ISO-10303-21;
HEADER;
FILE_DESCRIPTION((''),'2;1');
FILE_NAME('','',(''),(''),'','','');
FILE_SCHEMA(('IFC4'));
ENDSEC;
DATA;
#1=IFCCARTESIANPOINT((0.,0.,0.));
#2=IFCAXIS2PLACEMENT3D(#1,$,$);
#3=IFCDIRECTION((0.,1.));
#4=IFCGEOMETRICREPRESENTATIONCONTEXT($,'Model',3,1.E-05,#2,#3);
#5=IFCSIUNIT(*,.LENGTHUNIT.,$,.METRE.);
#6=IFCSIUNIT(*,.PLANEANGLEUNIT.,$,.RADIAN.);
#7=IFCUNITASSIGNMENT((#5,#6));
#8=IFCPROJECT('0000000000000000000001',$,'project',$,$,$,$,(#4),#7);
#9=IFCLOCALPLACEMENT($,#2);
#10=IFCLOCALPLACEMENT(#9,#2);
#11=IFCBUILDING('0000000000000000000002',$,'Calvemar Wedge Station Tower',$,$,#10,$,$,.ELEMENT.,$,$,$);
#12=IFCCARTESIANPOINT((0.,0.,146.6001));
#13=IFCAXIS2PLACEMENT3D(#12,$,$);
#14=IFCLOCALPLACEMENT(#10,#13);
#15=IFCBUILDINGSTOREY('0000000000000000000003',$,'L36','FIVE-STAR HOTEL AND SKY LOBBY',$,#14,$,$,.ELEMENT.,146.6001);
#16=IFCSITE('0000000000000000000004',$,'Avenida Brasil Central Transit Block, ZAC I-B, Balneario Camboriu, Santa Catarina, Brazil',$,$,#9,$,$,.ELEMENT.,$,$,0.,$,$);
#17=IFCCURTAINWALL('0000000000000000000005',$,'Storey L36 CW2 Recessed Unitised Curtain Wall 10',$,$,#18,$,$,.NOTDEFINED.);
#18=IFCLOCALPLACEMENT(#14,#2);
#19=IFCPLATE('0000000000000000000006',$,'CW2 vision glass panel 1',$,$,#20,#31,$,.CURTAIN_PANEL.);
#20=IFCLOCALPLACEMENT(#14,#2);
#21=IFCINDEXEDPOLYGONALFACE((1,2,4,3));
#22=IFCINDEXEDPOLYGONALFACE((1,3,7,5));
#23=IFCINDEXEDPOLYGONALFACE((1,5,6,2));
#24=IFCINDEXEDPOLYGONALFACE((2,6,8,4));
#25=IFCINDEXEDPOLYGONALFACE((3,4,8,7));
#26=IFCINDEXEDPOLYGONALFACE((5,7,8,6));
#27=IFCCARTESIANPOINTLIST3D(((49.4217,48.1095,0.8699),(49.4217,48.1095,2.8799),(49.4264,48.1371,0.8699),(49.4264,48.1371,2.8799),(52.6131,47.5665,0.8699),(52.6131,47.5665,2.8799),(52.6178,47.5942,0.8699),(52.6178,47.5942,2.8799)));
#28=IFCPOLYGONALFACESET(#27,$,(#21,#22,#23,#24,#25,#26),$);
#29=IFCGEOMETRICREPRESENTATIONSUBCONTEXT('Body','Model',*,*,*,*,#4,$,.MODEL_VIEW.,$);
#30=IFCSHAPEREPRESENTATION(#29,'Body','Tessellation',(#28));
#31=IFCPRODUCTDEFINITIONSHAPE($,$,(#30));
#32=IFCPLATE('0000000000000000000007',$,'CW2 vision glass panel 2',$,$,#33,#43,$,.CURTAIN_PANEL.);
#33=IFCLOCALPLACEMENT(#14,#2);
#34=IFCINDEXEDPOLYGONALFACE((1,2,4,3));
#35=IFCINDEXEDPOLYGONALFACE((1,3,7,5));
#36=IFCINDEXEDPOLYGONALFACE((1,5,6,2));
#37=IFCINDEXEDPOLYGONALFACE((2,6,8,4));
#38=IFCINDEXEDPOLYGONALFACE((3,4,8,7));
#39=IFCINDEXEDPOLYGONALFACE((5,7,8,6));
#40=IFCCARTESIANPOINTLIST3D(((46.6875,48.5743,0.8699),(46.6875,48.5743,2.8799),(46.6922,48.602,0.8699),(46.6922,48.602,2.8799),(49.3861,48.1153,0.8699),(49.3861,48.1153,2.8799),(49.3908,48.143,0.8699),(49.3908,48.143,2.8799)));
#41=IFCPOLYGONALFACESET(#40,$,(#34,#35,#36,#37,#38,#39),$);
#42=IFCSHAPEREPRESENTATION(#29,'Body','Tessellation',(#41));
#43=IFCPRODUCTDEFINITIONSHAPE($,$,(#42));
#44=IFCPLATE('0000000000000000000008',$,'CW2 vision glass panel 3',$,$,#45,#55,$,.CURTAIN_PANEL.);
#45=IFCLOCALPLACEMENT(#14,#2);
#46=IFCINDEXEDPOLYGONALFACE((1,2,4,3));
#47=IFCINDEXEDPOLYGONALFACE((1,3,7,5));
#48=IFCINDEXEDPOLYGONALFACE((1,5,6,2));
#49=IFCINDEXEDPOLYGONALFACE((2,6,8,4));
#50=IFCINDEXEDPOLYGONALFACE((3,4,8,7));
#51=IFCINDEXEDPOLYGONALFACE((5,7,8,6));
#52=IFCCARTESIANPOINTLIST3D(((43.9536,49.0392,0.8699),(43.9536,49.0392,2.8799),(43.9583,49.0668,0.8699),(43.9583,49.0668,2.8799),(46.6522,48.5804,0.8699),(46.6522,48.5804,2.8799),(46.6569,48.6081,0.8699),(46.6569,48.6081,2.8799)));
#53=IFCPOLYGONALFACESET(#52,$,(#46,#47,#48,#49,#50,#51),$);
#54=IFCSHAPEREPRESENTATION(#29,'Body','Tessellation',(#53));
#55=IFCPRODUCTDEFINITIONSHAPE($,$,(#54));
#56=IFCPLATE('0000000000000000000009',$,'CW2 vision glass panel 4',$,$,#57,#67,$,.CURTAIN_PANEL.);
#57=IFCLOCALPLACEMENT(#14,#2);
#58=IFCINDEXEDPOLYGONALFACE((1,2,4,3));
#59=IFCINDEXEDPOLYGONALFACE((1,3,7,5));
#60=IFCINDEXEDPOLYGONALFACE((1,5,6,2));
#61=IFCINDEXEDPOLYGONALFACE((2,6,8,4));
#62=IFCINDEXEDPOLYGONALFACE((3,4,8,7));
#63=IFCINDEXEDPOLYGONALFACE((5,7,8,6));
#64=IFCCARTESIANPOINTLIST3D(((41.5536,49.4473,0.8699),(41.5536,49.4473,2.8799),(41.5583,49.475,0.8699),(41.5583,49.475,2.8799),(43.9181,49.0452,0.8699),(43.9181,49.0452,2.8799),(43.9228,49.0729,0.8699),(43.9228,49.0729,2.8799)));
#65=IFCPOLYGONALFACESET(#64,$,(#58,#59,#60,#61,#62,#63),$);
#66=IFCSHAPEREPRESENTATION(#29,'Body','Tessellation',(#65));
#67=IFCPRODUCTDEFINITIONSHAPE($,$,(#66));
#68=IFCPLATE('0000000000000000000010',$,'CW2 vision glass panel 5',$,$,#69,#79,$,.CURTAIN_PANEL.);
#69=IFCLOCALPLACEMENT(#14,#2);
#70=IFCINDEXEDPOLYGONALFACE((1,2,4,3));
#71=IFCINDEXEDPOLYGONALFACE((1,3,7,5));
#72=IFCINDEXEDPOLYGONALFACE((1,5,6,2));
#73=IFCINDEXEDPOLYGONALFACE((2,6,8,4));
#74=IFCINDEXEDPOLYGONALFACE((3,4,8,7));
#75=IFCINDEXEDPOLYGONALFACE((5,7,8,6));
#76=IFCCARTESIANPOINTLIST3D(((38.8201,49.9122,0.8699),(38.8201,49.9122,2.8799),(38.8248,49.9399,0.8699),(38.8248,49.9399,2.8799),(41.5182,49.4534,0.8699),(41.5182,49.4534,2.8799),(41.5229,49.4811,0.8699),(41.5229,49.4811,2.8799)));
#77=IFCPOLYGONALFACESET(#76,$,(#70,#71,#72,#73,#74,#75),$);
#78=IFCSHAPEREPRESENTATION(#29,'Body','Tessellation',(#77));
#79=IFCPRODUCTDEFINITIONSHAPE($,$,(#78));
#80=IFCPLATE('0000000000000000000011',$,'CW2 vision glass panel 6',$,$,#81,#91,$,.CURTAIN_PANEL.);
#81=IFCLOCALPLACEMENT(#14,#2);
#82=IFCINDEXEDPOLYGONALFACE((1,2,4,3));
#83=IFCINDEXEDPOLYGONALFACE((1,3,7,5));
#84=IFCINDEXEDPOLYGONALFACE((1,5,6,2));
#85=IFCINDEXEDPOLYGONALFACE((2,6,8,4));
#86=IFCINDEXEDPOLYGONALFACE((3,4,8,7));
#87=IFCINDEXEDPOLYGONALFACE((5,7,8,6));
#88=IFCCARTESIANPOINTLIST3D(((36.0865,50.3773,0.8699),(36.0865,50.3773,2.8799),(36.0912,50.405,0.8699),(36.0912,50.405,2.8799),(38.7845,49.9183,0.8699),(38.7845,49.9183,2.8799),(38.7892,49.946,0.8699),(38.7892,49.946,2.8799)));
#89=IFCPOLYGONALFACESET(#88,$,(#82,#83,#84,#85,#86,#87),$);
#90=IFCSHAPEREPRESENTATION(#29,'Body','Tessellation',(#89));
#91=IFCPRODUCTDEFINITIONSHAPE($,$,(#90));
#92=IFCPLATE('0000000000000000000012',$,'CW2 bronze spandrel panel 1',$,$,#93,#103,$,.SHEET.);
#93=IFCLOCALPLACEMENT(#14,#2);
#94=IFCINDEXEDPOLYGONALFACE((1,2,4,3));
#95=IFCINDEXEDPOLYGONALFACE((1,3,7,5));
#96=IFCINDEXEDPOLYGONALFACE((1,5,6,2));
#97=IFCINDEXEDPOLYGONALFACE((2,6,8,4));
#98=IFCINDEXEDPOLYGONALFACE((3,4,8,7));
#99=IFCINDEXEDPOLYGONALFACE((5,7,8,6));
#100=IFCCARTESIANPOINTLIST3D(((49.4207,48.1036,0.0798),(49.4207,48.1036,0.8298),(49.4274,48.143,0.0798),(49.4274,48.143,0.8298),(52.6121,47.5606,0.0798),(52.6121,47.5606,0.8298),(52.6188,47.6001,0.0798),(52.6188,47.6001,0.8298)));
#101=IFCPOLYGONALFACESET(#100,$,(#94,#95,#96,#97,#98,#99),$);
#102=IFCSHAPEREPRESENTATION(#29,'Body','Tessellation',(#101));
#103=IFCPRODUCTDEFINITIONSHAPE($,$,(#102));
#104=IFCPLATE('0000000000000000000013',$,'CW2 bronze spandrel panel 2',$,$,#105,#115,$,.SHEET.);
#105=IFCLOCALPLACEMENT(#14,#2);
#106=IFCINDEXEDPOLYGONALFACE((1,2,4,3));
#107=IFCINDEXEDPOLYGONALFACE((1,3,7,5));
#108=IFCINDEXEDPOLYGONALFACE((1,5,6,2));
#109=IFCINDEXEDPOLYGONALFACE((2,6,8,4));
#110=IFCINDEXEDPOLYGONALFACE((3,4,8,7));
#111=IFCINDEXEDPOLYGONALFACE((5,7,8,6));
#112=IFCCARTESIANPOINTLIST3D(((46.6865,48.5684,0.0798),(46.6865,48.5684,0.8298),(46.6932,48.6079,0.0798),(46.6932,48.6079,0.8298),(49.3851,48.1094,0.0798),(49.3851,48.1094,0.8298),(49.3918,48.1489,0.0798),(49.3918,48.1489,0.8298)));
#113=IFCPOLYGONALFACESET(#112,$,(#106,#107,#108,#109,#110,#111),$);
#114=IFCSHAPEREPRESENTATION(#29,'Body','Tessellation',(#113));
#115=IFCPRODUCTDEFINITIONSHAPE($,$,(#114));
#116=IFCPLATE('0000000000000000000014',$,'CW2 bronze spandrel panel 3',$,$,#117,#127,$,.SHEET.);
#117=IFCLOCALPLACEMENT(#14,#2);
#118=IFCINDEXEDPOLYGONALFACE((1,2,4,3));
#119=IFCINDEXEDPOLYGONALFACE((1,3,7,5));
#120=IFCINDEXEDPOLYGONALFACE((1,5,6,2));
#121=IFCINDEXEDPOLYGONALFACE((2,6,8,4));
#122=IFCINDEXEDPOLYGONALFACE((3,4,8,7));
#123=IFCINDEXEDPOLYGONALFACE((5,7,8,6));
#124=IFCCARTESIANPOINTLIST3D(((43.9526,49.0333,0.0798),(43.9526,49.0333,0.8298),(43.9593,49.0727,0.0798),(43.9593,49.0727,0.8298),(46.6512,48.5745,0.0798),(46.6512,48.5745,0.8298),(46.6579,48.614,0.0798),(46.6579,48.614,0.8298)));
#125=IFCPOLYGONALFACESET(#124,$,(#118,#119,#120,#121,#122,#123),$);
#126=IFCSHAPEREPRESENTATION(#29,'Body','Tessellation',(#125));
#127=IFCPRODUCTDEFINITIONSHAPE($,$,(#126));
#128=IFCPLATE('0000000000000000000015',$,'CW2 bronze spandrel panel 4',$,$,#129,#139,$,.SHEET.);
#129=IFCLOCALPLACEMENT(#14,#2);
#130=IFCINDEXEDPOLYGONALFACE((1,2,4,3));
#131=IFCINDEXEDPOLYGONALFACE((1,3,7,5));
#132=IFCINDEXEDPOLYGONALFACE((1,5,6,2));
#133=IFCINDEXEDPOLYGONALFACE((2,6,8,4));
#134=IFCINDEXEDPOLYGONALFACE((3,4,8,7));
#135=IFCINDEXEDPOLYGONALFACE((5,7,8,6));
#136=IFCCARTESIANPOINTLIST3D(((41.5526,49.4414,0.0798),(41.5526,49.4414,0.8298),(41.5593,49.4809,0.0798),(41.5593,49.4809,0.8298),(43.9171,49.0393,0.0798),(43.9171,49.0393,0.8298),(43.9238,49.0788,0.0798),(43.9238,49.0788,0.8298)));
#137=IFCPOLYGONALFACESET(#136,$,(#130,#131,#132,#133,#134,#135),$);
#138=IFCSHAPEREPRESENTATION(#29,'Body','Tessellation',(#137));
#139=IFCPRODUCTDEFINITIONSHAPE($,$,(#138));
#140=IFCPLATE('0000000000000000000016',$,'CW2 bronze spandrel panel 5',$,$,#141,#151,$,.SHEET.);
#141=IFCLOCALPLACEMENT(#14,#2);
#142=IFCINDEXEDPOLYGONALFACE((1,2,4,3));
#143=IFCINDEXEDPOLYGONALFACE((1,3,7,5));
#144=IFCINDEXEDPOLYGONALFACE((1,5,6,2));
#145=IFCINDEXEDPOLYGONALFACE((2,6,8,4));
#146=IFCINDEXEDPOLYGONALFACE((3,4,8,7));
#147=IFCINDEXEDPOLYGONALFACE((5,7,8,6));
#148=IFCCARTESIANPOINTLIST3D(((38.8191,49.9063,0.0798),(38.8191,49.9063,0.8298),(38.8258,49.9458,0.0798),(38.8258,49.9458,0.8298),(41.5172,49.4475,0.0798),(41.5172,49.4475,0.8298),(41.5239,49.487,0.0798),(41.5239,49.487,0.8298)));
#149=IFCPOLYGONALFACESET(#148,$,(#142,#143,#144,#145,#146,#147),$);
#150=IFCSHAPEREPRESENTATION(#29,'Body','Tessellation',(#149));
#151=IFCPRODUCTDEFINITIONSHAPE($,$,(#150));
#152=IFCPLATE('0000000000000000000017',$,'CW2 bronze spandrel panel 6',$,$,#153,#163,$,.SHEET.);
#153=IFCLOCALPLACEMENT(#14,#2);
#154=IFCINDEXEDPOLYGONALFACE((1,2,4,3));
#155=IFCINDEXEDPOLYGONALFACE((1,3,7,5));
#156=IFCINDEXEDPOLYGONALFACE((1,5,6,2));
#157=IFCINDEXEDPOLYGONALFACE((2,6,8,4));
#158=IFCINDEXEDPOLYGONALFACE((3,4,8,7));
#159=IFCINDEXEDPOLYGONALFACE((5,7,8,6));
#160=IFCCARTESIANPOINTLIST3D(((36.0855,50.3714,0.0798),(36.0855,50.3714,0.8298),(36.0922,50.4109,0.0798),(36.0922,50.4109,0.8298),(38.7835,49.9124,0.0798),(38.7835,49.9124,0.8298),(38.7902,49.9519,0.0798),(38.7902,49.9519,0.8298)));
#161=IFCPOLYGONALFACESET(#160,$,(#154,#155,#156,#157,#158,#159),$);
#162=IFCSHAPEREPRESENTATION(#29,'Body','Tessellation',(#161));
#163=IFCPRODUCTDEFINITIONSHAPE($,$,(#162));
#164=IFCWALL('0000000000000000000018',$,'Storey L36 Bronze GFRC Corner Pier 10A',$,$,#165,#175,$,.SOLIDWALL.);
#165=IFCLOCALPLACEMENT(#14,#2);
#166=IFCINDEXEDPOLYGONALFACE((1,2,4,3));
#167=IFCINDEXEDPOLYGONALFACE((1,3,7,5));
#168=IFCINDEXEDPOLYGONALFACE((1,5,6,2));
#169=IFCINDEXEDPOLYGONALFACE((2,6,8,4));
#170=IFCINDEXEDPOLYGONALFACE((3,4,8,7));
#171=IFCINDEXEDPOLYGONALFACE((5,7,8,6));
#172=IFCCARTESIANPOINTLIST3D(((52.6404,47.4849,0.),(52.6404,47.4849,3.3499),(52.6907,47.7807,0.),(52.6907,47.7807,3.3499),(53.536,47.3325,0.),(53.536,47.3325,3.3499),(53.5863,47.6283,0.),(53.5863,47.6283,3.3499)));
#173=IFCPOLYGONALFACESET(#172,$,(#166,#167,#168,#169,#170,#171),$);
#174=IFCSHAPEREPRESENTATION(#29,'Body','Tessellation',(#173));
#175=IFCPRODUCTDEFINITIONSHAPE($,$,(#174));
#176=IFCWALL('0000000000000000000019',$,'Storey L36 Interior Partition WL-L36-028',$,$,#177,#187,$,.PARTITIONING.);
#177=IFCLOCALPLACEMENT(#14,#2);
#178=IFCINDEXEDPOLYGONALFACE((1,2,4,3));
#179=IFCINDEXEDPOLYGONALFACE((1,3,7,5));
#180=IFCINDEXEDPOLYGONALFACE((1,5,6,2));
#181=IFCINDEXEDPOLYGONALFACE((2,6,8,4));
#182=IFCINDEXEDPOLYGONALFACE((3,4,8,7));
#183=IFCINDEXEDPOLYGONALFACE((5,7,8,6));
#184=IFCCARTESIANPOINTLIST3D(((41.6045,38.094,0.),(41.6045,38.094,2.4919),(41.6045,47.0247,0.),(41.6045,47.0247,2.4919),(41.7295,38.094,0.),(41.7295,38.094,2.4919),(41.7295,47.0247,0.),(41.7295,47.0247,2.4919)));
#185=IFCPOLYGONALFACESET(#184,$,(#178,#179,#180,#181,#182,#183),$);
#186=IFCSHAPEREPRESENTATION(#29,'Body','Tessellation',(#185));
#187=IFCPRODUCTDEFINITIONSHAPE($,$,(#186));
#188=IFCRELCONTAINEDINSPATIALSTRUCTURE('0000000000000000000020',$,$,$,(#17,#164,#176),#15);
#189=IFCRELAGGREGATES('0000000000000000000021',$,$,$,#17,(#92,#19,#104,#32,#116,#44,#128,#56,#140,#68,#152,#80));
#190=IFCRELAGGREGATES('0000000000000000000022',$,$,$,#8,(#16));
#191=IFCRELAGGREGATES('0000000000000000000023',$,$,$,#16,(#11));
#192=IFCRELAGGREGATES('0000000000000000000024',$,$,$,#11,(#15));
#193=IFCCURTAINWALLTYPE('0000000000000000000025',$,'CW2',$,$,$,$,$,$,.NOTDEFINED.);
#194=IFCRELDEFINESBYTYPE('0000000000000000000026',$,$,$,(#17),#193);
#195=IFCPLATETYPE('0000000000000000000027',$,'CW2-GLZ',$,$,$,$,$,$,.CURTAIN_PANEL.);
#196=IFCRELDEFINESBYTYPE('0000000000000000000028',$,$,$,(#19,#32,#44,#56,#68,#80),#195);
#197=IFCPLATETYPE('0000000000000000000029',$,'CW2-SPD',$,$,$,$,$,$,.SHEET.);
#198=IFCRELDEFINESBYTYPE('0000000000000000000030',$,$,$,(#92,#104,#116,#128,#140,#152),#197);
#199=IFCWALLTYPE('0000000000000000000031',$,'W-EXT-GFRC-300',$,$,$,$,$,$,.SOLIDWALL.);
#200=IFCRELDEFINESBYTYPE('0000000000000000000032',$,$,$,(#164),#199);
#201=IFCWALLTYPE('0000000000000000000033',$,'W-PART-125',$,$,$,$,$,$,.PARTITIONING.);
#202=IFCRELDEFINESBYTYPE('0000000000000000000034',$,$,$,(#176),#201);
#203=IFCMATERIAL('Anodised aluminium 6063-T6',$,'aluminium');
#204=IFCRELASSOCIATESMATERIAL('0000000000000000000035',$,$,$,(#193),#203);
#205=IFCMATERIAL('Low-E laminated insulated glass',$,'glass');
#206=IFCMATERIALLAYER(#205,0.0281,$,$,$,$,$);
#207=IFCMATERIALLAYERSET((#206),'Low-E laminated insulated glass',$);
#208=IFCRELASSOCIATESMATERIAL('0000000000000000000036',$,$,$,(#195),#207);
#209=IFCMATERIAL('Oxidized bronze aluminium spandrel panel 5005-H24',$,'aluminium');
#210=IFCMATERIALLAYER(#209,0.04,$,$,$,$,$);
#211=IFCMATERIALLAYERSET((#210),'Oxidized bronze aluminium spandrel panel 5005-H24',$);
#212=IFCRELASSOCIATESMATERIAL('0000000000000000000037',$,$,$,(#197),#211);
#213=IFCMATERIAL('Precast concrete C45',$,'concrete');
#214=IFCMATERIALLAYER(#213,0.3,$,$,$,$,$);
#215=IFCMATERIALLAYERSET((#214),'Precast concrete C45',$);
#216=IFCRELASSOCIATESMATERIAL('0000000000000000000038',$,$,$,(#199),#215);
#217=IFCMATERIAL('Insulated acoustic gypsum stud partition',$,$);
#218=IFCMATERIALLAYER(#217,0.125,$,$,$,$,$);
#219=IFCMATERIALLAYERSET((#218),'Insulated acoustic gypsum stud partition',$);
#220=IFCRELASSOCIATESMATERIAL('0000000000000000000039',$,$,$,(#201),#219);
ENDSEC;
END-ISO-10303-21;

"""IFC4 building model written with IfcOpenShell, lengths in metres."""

from ifc_helpers import new_model, si_unit, direction, frame, frame_2d, origin, place, context, subcontext, project, spatial, rectangle, extrude, material, layer, layer_set, type_object, element, aggregate, save


model = new_model("IFC4")

# Units and contexts
model_context = context("Model", 3, precision=1e-05, world=origin(), true_north=direction((0.0, 1.0)))
body_context = subcontext(model_context, "Body", "Model", "MODEL_VIEW")
ifc_project = project(units=[si_unit("LENGTHUNIT", "METRE"), si_unit("PLANEANGLEUNIT", "RADIAN")], contexts=[model_context])

# Site, building, storey
site_placement = place(None, origin())
site = spatial("IfcSite", under=ifc_project, at=site_placement, Name="Avenida Brasil Central Transit Block, ZAC I-B, Balneario Camboriu, Santa Catarina, Brazil", CompositionType="ELEMENT", RefElevation=0.0)
building_placement = place(site_placement, origin())
building = spatial("IfcBuilding", under=site, at=building_placement, Name="Calvemar Wedge Station Tower", CompositionType="ELEMENT")
storey_placement = place(building_placement, frame((0.0, 0.0, 146.6001)))
storey = spatial("IfcBuildingStorey", under=building, at=storey_placement, Name="L36", Description="FIVE-STAR HOTEL AND SKY LOBBY", CompositionType="ELEMENT", Elevation=146.6001)

# Curtain wall, plates
ifc_material_1 = material(Name="Anodised aluminium 6063-T6", Category="aluminium")
curtain_wall_type = type_object("IfcCurtainWallType", Name="CW2", PredefinedType="NOTDEFINED", material=ifc_material_1)
curtain_wall_placement = place(storey_placement, origin())
curtain_wall = element("IfcCurtainWall", 1, at=curtain_wall_placement, inside=storey, type_object=curtain_wall_type, Name="Storey L36 CW2 Recessed Unitised Curtain Wall 10", PredefinedType="NOTDEFINED")
ifc_material_2 = material(Name="Low-E laminated insulated glass", Category="glass")
ifc_layer_1 = layer(ifc_material_2, 0.0281)
ifc_layer_set_1 = layer_set([ifc_layer_1], Name="Low-E laminated insulated glass")
plate_type_1 = type_object("IfcPlateType", Name="CW2-GLZ", PredefinedType="CURTAIN_PANEL", material=ifc_layer_set_1)
plate_1_placement = place(storey_placement, frame((52.6155, 47.5803, 0.8699), z_axis=(0.0, 0.0, 1.0), x_axis=(-0.985834, 0.167724, 0.0)))
plate_1 = element("IfcPlate", 2, at=plate_1_placement, type_object=plate_type_1, Name="CW2 vision glass panel 1", PredefinedType="CURTAIN_PANEL", context=body_context, shape_type="SweptSolid", body=[
    extrude(rectangle(XDim=3.2373, YDim=0.0281, at=frame_2d((1.6187, 0.0))), origin(), (0.0, 0.0, 1.0), 2.01),
])
plate_2_placement = place(storey_placement, frame((49.3884, 48.1292, 0.8699), z_axis=(0.0, 0.0, 1.0), x_axis=(-0.985841, 0.167681, 0.0)))
plate_2 = element("IfcPlate", 3, at=plate_2_placement, type_object=plate_type_1, Name="CW2 vision glass panel 2", PredefinedType="CURTAIN_PANEL", context=body_context, shape_type="SweptSolid", body=[
    extrude(rectangle(XDim=2.7373, YDim=0.0281, at=frame_2d((1.3687, 0.0))), origin(), (0.0, 0.0, 1.0), 2.01),
])
plate_3_placement = place(storey_placement, frame((46.6545, 48.5942, 0.8699), z_axis=(0.0, 0.0, 1.0), x_axis=(-0.985856, 0.167595, 0.0)))
plate_3 = element("IfcPlate", 4, at=plate_3_placement, type_object=plate_type_1, Name="CW2 vision glass panel 3", PredefinedType="CURTAIN_PANEL", context=body_context, shape_type="SweptSolid", body=[
    extrude(rectangle(XDim=2.7373, YDim=0.0281, at=frame_2d((1.3687, 0.0))), origin(), (0.0, 0.0, 1.0), 2.01),
])
plate_4_placement = place(storey_placement, frame((43.9204, 49.0591, 0.8699), z_axis=(0.0, 0.0, 1.0), x_axis=(-0.985847, 0.16765, 0.0)))
plate_4 = element("IfcPlate", 5, at=plate_4_placement, type_object=plate_type_1, Name="CW2 vision glass panel 4", PredefinedType="CURTAIN_PANEL", context=body_context, shape_type="SweptSolid", body=[
    extrude(rectangle(XDim=2.3984, YDim=0.0281, at=frame_2d((1.1992, 0.0))), origin(), (0.0, 0.0, 1.0), 2.01),
])
plate_5_placement = place(storey_placement, frame((41.5205, 49.4673, 0.8699), z_axis=(0.0, 0.0, 1.0), x_axis=(-0.985851, 0.167624, 0.0)))
plate_5 = element("IfcPlate", 6, at=plate_5_placement, type_object=plate_type_1, Name="CW2 vision glass panel 5", PredefinedType="CURTAIN_PANEL", context=body_context, shape_type="SweptSolid", body=[
    extrude(rectangle(XDim=2.7368, YDim=0.0281, at=frame_2d((1.3684, 0.0))), origin(), (0.0, 0.0, 1.0), 2.01),
])
plate_6_placement = place(storey_placement, frame((38.7869, 49.9321, 0.8699), z_axis=(0.0, 0.0, 1.0), x_axis=(-0.985836, 0.167711, 0.0)))
plate_6 = element("IfcPlate", 7, at=plate_6_placement, type_object=plate_type_1, Name="CW2 vision glass panel 6", PredefinedType="CURTAIN_PANEL", context=body_context, shape_type="SweptSolid", body=[
    extrude(rectangle(XDim=2.7368, YDim=0.0281, at=frame_2d((1.3684, 0.0))), origin(), (0.0, 0.0, 1.0), 2.01),
])
ifc_material_3 = material(Name="Oxidized bronze aluminium spandrel panel 5005-H24", Category="aluminium")
ifc_layer_2 = layer(ifc_material_3, 0.04)
ifc_layer_set_2 = layer_set([ifc_layer_2], Name="Oxidized bronze aluminium spandrel panel 5005-H24")
plate_type_2 = type_object("IfcPlateType", Name="CW2-SPD", PredefinedType="SHEET", material=ifc_layer_set_2)
plate_7_placement = place(storey_placement, frame((52.6155, 47.5803, 0.0798), z_axis=(0.0, 0.0, 1.0), x_axis=(-0.985834, 0.167724, 0.0)))
plate_7 = element("IfcPlate", 8, at=plate_7_placement, type_object=plate_type_2, Name="CW2 bronze spandrel panel 1", PredefinedType="SHEET", context=body_context, shape_type="SweptSolid", body=[
    extrude(rectangle(XDim=3.2373, YDim=0.04, at=frame_2d((1.6187, 0.0))), origin(), (0.0, 0.0, 1.0), 0.75),
])
plate_8_placement = place(storey_placement, frame((49.3884, 48.1292, 0.0798), z_axis=(0.0, 0.0, 1.0), x_axis=(-0.985841, 0.167681, 0.0)))
plate_8 = element("IfcPlate", 9, at=plate_8_placement, type_object=plate_type_2, Name="CW2 bronze spandrel panel 2", PredefinedType="SHEET", context=body_context, shape_type="SweptSolid", body=[
    extrude(rectangle(XDim=2.7373, YDim=0.04, at=frame_2d((1.3687, 0.0))), origin(), (0.0, 0.0, 1.0), 0.75),
])
plate_9_placement = place(storey_placement, frame((46.6545, 48.5942, 0.0798), z_axis=(0.0, 0.0, 1.0), x_axis=(-0.985856, 0.167595, 0.0)))
plate_9 = element("IfcPlate", 10, at=plate_9_placement, type_object=plate_type_2, Name="CW2 bronze spandrel panel 3", PredefinedType="SHEET", context=body_context, shape_type="SweptSolid", body=[
    extrude(rectangle(XDim=2.7373, YDim=0.04, at=frame_2d((1.3687, 0.0))), origin(), (0.0, 0.0, 1.0), 0.75),
])
plate_10_placement = place(storey_placement, frame((43.9204, 49.0591, 0.0798), z_axis=(0.0, 0.0, 1.0), x_axis=(-0.985847, 0.16765, 0.0)))
plate_10 = element("IfcPlate", 11, at=plate_10_placement, type_object=plate_type_2, Name="CW2 bronze spandrel panel 4", PredefinedType="SHEET", context=body_context, shape_type="SweptSolid", body=[
    extrude(rectangle(XDim=2.3984, YDim=0.04, at=frame_2d((1.1992, 0.0))), origin(), (0.0, 0.0, 1.0), 0.75),
])
plate_11_placement = place(storey_placement, frame((41.5205, 49.4673, 0.0798), z_axis=(0.0, 0.0, 1.0), x_axis=(-0.985851, 0.167624, 0.0)))
plate_11 = element("IfcPlate", 12, at=plate_11_placement, type_object=plate_type_2, Name="CW2 bronze spandrel panel 5", PredefinedType="SHEET", context=body_context, shape_type="SweptSolid", body=[
    extrude(rectangle(XDim=2.7368, YDim=0.04, at=frame_2d((1.3684, 0.0))), origin(), (0.0, 0.0, 1.0), 0.75),
])
plate_12_placement = place(storey_placement, frame((38.7869, 49.9321, 0.0798), z_axis=(0.0, 0.0, 1.0), x_axis=(-0.985836, 0.167711, 0.0)))
plate_12 = element("IfcPlate", 13, at=plate_12_placement, type_object=plate_type_2, Name="CW2 bronze spandrel panel 6", PredefinedType="SHEET", context=body_context, shape_type="SweptSolid", body=[
    extrude(rectangle(XDim=2.7368, YDim=0.04, at=frame_2d((1.3684, 0.0))), origin(), (0.0, 0.0, 1.0), 0.75),
])
aggregate(curtain_wall, [plate_7, plate_1, plate_8, plate_2, plate_9, plate_3, plate_10, plate_4, plate_11, plate_5, plate_12, plate_6])

# Walls
ifc_material_4 = material(Name="Precast concrete C45", Category="concrete")
ifc_layer_3 = layer(ifc_material_4, 0.3)
ifc_layer_set_3 = layer_set([ifc_layer_3], Name="Precast concrete C45")
wall_type_1 = type_object("IfcWallType", Name="W-EXT-GFRC-300", PredefinedType="SOLIDWALL", material=ifc_layer_set_3)
wall_1_placement = place(storey_placement, frame((53.561, 47.4805, 0.0), z_axis=(0.0, 0.0, 1.0), x_axis=(-0.985836, 0.16771, 0.0)))
element("IfcWall", 14, at=wall_1_placement, inside=storey, type_object=wall_type_1, Name="Storey L36 Bronze GFRC Corner Pier 10A", PredefinedType="SOLIDWALL", context=body_context, shape_type="SweptSolid", body=[
    extrude(rectangle(XDim=0.9084, YDim=0.3, at=frame_2d((0.4541, 0.0))), origin(), (0.0, 0.0, 1.0), 3.3499),
])
ifc_material_5 = material(Name="Insulated acoustic gypsum stud partition")
ifc_layer_4 = layer(ifc_material_5, 0.125)
ifc_layer_set_4 = layer_set([ifc_layer_4], Name="Insulated acoustic gypsum stud partition")
wall_type_2 = type_object("IfcWallType", Name="W-PART-125", PredefinedType="PARTITIONING", material=ifc_layer_set_4)
wall_2_placement = place(storey_placement, frame((41.667, 47.0247, 0.0), z_axis=(0.0, 0.0, 1.0), x_axis=(0.0, -1.0, 0.0)))
element("IfcWall", 15, at=wall_2_placement, inside=storey, type_object=wall_type_2, Name="Storey L36 Interior Partition WL-L36-028", PredefinedType="PARTITIONING", context=body_context, shape_type="SweptSolid", body=[
    extrude(rectangle(XDim=8.9307, YDim=0.125, at=frame_2d((4.4653, 0.0))), origin(), (0.0, 0.0, 1.0), 2.4919),
])

save(model, "model.ifc")
